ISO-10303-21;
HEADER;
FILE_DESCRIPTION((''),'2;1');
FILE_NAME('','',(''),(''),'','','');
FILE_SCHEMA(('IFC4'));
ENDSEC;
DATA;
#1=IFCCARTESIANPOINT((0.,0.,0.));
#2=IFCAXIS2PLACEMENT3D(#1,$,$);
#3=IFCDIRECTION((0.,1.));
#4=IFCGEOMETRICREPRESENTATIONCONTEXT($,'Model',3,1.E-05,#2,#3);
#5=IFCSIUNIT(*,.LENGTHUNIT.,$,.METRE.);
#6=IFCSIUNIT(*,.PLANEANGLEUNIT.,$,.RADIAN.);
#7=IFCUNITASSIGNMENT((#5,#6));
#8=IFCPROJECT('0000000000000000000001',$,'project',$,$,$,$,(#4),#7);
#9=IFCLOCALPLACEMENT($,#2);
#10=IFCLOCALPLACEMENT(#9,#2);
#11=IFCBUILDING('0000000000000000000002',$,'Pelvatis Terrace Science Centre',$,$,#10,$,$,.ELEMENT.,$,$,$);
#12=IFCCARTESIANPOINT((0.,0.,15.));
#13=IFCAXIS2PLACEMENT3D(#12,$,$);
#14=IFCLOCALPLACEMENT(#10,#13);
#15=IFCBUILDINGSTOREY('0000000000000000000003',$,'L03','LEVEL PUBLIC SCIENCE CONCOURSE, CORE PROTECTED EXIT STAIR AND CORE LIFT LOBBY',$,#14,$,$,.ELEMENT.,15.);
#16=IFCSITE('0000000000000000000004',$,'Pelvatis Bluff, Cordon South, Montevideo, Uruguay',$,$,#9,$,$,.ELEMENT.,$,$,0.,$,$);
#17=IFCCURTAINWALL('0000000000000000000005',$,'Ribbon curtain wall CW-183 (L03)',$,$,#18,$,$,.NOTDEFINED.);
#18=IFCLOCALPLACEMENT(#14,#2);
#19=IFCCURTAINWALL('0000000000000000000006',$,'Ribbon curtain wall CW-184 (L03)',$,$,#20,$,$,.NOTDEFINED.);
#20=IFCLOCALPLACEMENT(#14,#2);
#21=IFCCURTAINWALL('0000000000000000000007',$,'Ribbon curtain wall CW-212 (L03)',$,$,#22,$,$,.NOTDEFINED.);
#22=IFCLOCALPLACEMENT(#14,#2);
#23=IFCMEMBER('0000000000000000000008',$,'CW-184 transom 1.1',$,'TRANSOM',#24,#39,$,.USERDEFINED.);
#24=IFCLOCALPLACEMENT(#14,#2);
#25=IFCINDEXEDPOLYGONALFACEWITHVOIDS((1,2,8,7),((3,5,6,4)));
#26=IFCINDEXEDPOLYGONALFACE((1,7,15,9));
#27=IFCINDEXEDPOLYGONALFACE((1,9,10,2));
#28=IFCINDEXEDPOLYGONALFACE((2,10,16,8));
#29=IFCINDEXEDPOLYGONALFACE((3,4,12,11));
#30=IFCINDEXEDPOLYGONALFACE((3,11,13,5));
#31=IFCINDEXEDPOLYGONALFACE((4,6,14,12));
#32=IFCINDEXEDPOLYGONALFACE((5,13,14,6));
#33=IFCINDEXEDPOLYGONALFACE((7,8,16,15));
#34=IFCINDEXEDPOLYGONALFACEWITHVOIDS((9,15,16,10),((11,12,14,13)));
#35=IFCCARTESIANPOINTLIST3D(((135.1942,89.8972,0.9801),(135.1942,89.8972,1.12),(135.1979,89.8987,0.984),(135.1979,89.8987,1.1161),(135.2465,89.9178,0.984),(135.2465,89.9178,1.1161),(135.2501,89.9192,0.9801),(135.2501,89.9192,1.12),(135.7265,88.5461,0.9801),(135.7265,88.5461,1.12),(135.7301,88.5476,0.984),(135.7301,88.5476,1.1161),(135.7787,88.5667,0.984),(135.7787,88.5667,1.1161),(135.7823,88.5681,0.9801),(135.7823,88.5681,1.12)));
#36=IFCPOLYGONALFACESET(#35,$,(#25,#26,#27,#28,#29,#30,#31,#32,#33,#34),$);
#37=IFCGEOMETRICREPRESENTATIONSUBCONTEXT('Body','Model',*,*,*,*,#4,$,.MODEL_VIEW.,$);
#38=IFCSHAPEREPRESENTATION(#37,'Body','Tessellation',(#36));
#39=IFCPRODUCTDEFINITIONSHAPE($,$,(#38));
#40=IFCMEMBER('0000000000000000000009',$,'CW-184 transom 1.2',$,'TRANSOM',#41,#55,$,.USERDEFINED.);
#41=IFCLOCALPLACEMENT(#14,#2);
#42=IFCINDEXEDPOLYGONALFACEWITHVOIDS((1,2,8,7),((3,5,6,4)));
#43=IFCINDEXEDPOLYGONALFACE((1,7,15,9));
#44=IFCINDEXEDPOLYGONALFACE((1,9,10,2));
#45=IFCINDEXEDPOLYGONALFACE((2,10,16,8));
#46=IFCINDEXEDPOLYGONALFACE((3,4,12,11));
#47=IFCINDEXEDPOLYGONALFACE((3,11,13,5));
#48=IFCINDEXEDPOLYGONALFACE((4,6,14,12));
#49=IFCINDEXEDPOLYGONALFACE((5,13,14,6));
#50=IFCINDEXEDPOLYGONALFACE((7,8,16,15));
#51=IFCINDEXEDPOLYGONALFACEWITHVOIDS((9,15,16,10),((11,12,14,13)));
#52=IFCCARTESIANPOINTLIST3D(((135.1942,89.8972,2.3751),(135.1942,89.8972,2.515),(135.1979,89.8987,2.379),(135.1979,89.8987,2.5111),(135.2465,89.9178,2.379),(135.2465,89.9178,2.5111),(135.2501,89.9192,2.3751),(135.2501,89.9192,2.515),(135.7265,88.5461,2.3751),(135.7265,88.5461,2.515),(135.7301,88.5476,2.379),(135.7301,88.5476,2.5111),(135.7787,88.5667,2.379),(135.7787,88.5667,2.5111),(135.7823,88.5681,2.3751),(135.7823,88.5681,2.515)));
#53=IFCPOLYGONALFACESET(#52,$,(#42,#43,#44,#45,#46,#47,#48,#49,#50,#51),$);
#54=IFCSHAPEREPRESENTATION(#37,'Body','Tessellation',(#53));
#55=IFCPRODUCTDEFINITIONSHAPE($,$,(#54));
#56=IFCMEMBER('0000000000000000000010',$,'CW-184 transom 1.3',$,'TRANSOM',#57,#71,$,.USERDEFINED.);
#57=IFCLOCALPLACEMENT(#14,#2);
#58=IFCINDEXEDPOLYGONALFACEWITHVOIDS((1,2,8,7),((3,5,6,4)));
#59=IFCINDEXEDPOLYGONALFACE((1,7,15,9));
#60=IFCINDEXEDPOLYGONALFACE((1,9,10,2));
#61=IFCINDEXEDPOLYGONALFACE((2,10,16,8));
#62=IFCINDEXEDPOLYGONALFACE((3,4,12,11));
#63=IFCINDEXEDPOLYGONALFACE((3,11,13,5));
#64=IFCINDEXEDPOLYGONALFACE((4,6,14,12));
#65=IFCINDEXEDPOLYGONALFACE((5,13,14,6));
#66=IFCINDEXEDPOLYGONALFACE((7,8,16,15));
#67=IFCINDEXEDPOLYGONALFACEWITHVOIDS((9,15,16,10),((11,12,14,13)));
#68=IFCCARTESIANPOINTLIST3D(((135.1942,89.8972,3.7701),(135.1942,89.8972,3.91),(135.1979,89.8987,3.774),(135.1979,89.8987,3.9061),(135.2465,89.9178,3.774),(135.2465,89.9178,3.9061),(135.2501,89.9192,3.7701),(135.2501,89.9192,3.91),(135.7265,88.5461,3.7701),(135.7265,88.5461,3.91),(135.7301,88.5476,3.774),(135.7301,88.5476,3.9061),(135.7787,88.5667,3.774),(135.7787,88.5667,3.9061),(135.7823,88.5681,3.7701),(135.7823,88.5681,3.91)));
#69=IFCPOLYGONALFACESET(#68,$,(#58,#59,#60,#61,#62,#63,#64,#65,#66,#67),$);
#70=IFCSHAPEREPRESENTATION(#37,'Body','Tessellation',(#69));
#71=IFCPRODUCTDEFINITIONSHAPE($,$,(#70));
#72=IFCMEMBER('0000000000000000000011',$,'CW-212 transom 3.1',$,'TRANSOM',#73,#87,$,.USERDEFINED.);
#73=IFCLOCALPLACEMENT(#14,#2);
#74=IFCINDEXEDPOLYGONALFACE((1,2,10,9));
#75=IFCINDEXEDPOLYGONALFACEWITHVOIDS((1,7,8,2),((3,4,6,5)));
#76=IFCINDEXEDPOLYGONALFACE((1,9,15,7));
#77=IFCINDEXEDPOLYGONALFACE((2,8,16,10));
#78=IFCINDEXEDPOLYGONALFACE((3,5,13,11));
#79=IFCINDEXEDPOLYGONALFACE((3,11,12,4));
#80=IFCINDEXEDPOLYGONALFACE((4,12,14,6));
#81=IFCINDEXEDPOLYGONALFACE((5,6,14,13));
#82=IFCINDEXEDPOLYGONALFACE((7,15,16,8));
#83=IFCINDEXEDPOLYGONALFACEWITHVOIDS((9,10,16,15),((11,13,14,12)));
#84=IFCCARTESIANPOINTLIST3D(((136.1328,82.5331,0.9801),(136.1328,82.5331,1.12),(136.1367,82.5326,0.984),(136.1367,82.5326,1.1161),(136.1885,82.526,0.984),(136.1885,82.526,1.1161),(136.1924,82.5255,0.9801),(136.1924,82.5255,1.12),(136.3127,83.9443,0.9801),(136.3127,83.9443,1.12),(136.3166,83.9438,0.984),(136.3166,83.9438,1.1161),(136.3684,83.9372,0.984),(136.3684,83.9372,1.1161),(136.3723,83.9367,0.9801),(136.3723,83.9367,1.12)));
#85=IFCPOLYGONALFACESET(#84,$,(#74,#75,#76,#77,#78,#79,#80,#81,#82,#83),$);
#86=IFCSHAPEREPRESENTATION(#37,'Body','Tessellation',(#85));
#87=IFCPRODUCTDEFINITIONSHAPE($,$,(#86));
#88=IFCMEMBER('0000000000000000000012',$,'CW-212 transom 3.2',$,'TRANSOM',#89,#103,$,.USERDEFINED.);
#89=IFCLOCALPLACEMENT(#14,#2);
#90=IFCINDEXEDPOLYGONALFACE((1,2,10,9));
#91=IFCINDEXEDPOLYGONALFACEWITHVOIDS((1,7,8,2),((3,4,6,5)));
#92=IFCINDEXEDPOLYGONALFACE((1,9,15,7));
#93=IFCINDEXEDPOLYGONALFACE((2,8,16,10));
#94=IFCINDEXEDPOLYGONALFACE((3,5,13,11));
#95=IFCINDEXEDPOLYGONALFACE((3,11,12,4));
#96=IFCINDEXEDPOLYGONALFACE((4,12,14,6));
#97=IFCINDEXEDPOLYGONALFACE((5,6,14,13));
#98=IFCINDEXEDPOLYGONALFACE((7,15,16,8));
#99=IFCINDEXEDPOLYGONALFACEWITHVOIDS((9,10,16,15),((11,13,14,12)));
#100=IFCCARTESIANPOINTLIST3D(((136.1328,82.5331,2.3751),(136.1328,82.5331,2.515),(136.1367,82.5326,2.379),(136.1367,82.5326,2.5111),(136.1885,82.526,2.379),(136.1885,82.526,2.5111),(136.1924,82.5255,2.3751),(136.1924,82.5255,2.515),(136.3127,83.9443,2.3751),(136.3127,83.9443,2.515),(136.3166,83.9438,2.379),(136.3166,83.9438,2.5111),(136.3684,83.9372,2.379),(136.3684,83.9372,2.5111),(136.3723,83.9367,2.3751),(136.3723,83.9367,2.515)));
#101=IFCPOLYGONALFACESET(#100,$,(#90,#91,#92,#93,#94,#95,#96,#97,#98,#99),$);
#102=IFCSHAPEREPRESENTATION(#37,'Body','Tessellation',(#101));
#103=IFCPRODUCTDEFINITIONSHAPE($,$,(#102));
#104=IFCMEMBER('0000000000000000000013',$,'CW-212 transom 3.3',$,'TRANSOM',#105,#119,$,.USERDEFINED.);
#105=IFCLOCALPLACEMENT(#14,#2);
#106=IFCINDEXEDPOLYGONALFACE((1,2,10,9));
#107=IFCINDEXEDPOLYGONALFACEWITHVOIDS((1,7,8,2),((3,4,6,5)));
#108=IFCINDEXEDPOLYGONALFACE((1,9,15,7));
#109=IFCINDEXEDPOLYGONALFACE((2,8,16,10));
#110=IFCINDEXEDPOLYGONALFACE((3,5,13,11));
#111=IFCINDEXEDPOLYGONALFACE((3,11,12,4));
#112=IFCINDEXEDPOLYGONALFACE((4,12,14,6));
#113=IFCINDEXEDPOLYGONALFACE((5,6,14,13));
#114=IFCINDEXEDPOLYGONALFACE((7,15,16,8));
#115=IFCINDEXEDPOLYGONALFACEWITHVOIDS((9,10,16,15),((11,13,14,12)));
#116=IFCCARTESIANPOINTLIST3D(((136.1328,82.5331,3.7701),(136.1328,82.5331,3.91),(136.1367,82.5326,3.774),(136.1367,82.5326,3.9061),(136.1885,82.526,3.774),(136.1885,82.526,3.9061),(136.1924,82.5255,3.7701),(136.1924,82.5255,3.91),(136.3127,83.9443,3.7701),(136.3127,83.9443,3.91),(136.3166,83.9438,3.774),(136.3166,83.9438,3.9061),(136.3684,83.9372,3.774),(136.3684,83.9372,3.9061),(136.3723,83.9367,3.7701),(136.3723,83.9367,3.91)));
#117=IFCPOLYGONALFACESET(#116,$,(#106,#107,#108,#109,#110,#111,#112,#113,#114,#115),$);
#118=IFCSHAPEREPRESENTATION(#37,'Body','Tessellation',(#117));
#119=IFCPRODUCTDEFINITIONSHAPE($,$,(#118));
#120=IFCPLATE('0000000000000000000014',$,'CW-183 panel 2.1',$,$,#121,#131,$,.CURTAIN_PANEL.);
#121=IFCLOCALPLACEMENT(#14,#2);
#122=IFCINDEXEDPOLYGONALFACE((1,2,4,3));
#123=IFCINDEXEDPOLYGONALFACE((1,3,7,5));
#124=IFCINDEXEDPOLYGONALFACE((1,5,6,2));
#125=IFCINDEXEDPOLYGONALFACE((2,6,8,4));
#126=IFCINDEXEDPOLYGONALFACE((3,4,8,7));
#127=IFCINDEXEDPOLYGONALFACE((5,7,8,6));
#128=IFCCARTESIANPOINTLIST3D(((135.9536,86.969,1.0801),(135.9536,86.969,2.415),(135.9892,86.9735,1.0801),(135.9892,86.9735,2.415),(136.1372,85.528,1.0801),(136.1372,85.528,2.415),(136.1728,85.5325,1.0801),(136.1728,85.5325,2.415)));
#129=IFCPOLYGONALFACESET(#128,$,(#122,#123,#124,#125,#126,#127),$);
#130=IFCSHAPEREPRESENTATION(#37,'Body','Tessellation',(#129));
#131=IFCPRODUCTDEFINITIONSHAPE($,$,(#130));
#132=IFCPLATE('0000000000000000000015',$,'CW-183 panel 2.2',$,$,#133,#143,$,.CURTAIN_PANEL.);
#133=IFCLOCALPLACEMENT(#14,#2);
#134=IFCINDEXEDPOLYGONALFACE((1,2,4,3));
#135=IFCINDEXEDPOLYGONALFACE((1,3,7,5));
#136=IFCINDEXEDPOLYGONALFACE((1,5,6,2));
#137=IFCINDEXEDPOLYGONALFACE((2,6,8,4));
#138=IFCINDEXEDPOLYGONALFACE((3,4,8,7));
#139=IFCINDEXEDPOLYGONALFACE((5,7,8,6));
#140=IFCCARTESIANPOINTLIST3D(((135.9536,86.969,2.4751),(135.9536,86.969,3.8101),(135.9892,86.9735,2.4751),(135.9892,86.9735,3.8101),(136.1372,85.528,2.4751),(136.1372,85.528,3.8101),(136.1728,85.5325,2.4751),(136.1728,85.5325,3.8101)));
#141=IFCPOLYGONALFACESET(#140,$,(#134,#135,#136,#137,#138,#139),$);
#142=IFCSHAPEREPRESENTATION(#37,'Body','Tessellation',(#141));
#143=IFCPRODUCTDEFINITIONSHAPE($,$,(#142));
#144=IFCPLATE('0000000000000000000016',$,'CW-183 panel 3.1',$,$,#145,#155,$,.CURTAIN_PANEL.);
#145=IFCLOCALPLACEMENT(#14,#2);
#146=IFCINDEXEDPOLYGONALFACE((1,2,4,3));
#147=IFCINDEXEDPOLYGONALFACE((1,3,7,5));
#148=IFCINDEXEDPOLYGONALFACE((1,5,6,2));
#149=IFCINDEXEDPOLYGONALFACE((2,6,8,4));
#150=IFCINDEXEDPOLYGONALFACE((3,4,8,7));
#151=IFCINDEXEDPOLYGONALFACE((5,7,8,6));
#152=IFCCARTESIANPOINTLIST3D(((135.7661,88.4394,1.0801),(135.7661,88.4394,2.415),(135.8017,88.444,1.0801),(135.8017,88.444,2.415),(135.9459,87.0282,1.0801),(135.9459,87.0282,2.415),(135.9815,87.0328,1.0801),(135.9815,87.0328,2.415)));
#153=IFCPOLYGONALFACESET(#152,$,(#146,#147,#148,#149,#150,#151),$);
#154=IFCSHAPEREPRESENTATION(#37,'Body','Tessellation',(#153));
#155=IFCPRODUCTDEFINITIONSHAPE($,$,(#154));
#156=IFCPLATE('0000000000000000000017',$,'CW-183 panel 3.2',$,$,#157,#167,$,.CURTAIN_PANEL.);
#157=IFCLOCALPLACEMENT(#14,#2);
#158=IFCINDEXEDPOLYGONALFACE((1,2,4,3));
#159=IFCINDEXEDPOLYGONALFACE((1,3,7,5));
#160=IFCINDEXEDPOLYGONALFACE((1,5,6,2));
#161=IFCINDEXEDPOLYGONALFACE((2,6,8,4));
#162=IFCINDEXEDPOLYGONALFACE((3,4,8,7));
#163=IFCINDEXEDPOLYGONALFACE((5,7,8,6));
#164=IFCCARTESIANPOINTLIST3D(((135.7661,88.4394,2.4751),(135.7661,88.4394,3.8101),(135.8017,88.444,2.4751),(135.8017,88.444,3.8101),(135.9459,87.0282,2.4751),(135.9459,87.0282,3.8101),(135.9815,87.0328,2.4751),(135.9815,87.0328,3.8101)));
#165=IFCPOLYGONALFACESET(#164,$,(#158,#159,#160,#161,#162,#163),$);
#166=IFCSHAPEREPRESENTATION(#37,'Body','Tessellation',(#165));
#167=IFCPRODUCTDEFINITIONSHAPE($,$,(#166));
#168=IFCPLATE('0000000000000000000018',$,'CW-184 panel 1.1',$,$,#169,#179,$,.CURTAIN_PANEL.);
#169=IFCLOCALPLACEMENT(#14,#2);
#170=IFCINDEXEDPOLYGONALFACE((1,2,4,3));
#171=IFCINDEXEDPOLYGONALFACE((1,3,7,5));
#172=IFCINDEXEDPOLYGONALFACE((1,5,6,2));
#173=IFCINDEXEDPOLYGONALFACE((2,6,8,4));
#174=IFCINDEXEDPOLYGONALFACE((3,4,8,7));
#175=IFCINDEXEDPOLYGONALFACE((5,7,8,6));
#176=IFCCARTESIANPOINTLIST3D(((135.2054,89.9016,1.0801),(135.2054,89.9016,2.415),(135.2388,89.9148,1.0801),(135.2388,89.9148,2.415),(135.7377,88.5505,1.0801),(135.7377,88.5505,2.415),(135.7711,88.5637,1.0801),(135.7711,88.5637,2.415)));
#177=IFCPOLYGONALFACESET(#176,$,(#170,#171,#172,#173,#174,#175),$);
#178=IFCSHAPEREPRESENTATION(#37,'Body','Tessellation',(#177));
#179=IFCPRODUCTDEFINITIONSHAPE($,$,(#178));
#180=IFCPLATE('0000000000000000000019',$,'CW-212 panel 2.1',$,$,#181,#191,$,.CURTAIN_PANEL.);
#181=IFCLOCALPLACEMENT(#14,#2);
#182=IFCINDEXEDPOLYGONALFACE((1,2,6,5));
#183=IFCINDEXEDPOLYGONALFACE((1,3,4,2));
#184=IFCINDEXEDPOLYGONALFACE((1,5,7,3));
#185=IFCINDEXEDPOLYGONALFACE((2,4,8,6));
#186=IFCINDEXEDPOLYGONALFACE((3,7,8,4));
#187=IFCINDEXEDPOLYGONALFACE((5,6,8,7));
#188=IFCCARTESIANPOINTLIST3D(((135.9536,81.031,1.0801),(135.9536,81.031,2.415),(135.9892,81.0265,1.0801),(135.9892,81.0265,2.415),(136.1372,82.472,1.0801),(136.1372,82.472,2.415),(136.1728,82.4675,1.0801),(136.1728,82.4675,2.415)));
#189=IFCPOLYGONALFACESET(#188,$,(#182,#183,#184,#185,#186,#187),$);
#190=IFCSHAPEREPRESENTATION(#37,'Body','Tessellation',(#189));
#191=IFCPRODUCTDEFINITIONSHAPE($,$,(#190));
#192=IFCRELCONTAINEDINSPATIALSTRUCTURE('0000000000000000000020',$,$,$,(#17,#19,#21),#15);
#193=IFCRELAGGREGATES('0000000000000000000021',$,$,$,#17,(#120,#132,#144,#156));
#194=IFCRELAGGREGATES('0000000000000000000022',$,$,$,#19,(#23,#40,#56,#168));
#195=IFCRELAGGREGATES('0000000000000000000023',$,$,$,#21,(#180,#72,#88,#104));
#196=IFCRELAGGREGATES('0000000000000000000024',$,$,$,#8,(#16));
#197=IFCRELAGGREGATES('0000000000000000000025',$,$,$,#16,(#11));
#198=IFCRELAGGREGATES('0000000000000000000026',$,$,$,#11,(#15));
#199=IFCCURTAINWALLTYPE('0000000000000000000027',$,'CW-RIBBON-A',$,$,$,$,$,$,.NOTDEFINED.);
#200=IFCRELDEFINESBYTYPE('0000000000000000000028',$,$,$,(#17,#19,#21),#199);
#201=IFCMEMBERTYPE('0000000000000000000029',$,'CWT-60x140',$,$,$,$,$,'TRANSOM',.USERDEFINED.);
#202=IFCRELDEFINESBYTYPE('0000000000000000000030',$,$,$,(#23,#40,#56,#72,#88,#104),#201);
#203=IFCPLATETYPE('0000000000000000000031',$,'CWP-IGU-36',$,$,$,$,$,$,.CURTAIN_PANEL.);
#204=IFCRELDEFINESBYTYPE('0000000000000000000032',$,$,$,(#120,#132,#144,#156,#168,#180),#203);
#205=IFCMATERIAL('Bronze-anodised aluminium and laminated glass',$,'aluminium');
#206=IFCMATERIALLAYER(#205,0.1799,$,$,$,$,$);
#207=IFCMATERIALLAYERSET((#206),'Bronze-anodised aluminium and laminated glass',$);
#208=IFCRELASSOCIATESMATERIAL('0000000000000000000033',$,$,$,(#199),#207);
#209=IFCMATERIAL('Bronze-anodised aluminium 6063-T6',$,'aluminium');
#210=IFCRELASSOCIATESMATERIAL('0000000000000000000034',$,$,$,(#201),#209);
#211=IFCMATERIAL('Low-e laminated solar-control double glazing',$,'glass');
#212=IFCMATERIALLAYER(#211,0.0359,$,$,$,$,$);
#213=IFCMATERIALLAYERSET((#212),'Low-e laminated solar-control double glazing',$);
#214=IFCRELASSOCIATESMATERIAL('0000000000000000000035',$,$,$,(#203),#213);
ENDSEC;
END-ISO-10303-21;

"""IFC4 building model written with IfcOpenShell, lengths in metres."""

from ifc_helpers import new_model, si_unit, direction, frame, origin, origin_2d, place, context, subcontext, project, spatial, rectangle, hollow_rectangle, extrude, material, layer, layer_set, material_profile, profile_set, type_object, element, aggregate, save


model = new_model("IFC4")

# Units and contexts
model_context = context("Model", 3, precision=1e-05, world=origin(), true_north=direction((0.0, 1.0)))
body_context = subcontext(model_context, "Body", "Model", "MODEL_VIEW")
ifc_project = project(units=[si_unit("LENGTHUNIT", "METRE"), si_unit("PLANEANGLEUNIT", "RADIAN")], contexts=[model_context])

# Site, building, storey
site_placement = place(None, origin())
site = spatial("IfcSite", under=ifc_project, at=site_placement, Name="Pelvatis Bluff, Cordon South, Montevideo, Uruguay", CompositionType="ELEMENT", RefElevation=0.0)
building_placement = place(site_placement, origin())
building = spatial("IfcBuilding", under=site, at=building_placement, Name="Pelvatis Terrace Science Centre", CompositionType="ELEMENT")
storey_placement = place(building_placement, frame((0.0, 0.0, 15.0)))
storey = spatial("IfcBuildingStorey", under=building, at=storey_placement, Name="L03", Description="LEVEL PUBLIC SCIENCE CONCOURSE, CORE PROTECTED EXIT STAIR AND CORE LIFT LOBBY", CompositionType="ELEMENT", Elevation=15.0)

# Curtain wall
ifc_material_1 = material(Name="Bronze-anodised aluminium and laminated glass", Category="aluminium")
ifc_layer_1 = layer(ifc_material_1, 0.1799)
ifc_layer_set_1 = layer_set([ifc_layer_1], Name="Bronze-anodised aluminium and laminated glass")
curtain_wall_type = type_object("IfcCurtainWallType", Name="CW-RIBBON-A", PredefinedType="NOTDEFINED", material=ifc_layer_set_1)
curtain_wall_1_placement = place(storey_placement, origin())
curtain_wall_1 = element("IfcCurtainWall", 1, at=curtain_wall_1_placement, inside=storey, type_object=curtain_wall_type, Name="Ribbon curtain wall CW-183 (L03)", PredefinedType="NOTDEFINED")

# Curtain walls
curtain_wall_2_placement = place(storey_placement, origin())
curtain_wall_2 = element("IfcCurtainWall", 2, at=curtain_wall_2_placement, inside=storey, type_object=curtain_wall_type, Name="Ribbon curtain wall CW-184 (L03)", PredefinedType="NOTDEFINED")
curtain_wall_3_placement = place(storey_placement, origin())
curtain_wall_3 = element("IfcCurtainWall", 3, at=curtain_wall_3_placement, inside=storey, type_object=curtain_wall_type, Name="Ribbon curtain wall CW-212 (L03)", PredefinedType="NOTDEFINED")

# Members
ifc_material_2 = material(Name="Bronze-anodised aluminium 6063-T6", Category="aluminium")
ifc_material_profile_1 = material_profile(ifc_material_2, hollow_rectangle(XDim=0.0601, YDim=0.1399, WallThickness=0.0039, at=origin_2d()), Name="ALU-TRN 60x140")
ifc_profile_set_1 = profile_set([ifc_material_profile_1], Name="Bronze-anodised aluminium 6063-T6")
member_type_1 = type_object("IfcMemberType", Name="CWT-60x140", ElementType="TRANSOM", PredefinedType="USERDEFINED", material=ifc_profile_set_1)
member_1_placement = place(storey_placement, frame((135.7544, 88.5571, 1.05), z_axis=(-0.366516, 0.930412, 0.0), x_axis=(-0.930412, -0.366516, 0.0)))
member_1 = element("IfcMember", 4, at=member_1_placement, type_object=member_type_1, Name="CW-184 transom 1.1", ObjectType="TRANSOM", PredefinedType="USERDEFINED", context=body_context, shape_type="SweptSolid", body=[
    extrude(hollow_rectangle(XDim=0.0601, YDim=0.1399, WallThickness=0.0039, at=origin_2d()), origin(), (0.0, 0.0, 1.0), 1.4521),
])
member_2_placement = place(storey_placement, frame((135.7544, 88.5571, 2.4451), z_axis=(-0.366516, 0.930412, 0.0), x_axis=(-0.930412, -0.366516, 0.0)))
member_2 = element("IfcMember", 5, at=member_2_placement, type_object=member_type_1, Name="CW-184 transom 1.2", ObjectType="TRANSOM", PredefinedType="USERDEFINED", context=body_context, shape_type="SweptSolid", body=[
    extrude(hollow_rectangle(XDim=0.0601, YDim=0.1399, WallThickness=0.0039, at=origin_2d()), origin(), (0.0, 0.0, 1.0), 1.4521),
])
member_3_placement = place(storey_placement, frame((135.7544, 88.5571, 3.8401), z_axis=(-0.366516, 0.930412, 0.0), x_axis=(-0.930412, -0.366516, 0.0)))
member_3 = element("IfcMember", 6, at=member_3_placement, type_object=member_type_1, Name="CW-184 transom 1.3", ObjectType="TRANSOM", PredefinedType="USERDEFINED", context=body_context, shape_type="SweptSolid", body=[
    extrude(hollow_rectangle(XDim=0.0601, YDim=0.1399, WallThickness=0.0039, at=origin_2d()), origin(), (0.0, 0.0, 1.0), 1.4521),
])
member_4_placement = place(storey_placement, frame((136.1626, 82.5293, 1.05), z_axis=(0.126485, 0.991969, 0.0), x_axis=(-0.991969, 0.126485, 0.0)))
member_4 = element("IfcMember", 7, at=member_4_placement, type_object=member_type_1, Name="CW-212 transom 3.1", ObjectType="TRANSOM", PredefinedType="USERDEFINED", context=body_context, shape_type="SweptSolid", body=[
    extrude(hollow_rectangle(XDim=0.0601, YDim=0.1399, WallThickness=0.0039, at=origin_2d()), origin(), (0.0, 0.0, 1.0), 1.4226),
])
member_5_placement = place(storey_placement, frame((136.1626, 82.5293, 2.4451), z_axis=(0.126485, 0.991969, 0.0), x_axis=(-0.991969, 0.126485, 0.0)))
member_5 = element("IfcMember", 8, at=member_5_placement, type_object=member_type_1, Name="CW-212 transom 3.2", ObjectType="TRANSOM", PredefinedType="USERDEFINED", context=body_context, shape_type="SweptSolid", body=[
    extrude(hollow_rectangle(XDim=0.0601, YDim=0.1399, WallThickness=0.0039, at=origin_2d()), origin(), (0.0, 0.0, 1.0), 1.4226),
])
member_6_placement = place(storey_placement, frame((136.1626, 82.5293, 3.8401), z_axis=(0.126485, 0.991969, 0.0), x_axis=(-0.991969, 0.126485, 0.0)))
member_6 = element("IfcMember", 9, at=member_6_placement, type_object=member_type_1, Name="CW-212 transom 3.3", ObjectType="TRANSOM", PredefinedType="USERDEFINED", context=body_context, shape_type="SweptSolid", body=[
    extrude(hollow_rectangle(XDim=0.0601, YDim=0.1399, WallThickness=0.0039, at=origin_2d()), origin(), (0.0, 0.0, 1.0), 1.4226),
])

# Plates
ifc_material_3 = material(Name="Low-e laminated solar-control double glazing", Category="glass")
ifc_layer_2 = layer(ifc_material_3, 0.0359)
ifc_layer_set_2 = layer_set([ifc_layer_2], Name="Low-e laminated solar-control double glazing")
plate_type = type_object("IfcPlateType", Name="CWP-IGU-36", PredefinedType="CURTAIN_PANEL", material=ifc_layer_set_2)
plate_1_placement = place(storey_placement, frame((136.0632, 86.2507, 1.0801), z_axis=(0.0, 0.0, 1.0), x_axis=(-0.126408, 0.991978, 0.0)))
plate_1 = element("IfcPlate", 10, at=plate_1_placement, type_object=plate_type, Name="CW-183 panel 2.1", PredefinedType="CURTAIN_PANEL", context=body_context, shape_type="SweptSolid", body=[
    extrude(rectangle(XDim=1.4526, YDim=0.0359, at=origin_2d()), origin(), (0.0, 0.0, 1.0), 1.335),
])
plate_2_placement = place(storey_placement, frame((136.0632, 86.2507, 2.4751), z_axis=(0.0, 0.0, 1.0), x_axis=(-0.126408, 0.991978, 0.0)))
plate_2 = element("IfcPlate", 11, at=plate_2_placement, type_object=plate_type, Name="CW-183 panel 2.2", PredefinedType="CURTAIN_PANEL", context=body_context, shape_type="SweptSolid", body=[
    extrude(rectangle(XDim=1.4526, YDim=0.0359, at=origin_2d()), origin(), (0.0, 0.0, 1.0), 1.335),
])
plate_3_placement = place(storey_placement, frame((135.8738, 87.7361, 1.0801), z_axis=(0.0, 0.0, 1.0), x_axis=(-0.126408, 0.991978, 0.0)))
plate_3 = element("IfcPlate", 12, at=plate_3_placement, type_object=plate_type, Name="CW-183 panel 3.1", PredefinedType="CURTAIN_PANEL", context=body_context, shape_type="SweptSolid", body=[
    extrude(rectangle(XDim=1.4226, YDim=0.0359, at=origin_2d()), origin(), (0.0, 0.0, 1.0), 1.335),
])
plate_4_placement = place(storey_placement, frame((135.8738, 87.7361, 2.4751), z_axis=(0.0, 0.0, 1.0), x_axis=(-0.126408, 0.991978, 0.0)))
plate_4 = element("IfcPlate", 13, at=plate_4_placement, type_object=plate_type, Name="CW-183 panel 3.2", PredefinedType="CURTAIN_PANEL", context=body_context, shape_type="SweptSolid", body=[
    extrude(rectangle(XDim=1.4226, YDim=0.0359, at=origin_2d()), origin(), (0.0, 0.0, 1.0), 1.335),
])
aggregate(curtain_wall_1, [plate_1, plate_2, plate_3, plate_4])
plate_5_placement = place(storey_placement, frame((135.4883, 89.2327, 1.0801), z_axis=(0.0, 0.0, 1.0), x_axis=(-0.366541, 0.930402, 0.0)))
plate_5 = element("IfcPlate", 14, at=plate_5_placement, type_object=plate_type, Name="CW-184 panel 1.1", PredefinedType="CURTAIN_PANEL", context=body_context, shape_type="SweptSolid", body=[
    extrude(rectangle(XDim=1.4521, YDim=0.0359, at=origin_2d()), origin(), (0.0, 0.0, 1.0), 1.335),
])
aggregate(curtain_wall_2, [member_1, member_2, member_3, plate_5])
plate_6_placement = place(storey_placement, frame((136.0632, 81.7493, 1.0801), z_axis=(0.0, 0.0, 1.0), x_axis=(0.126408, 0.991978, 0.0)))
plate_6 = element("IfcPlate", 15, at=plate_6_placement, type_object=plate_type, Name="CW-212 panel 2.1", PredefinedType="CURTAIN_PANEL", context=body_context, shape_type="SweptSolid", body=[
    extrude(rectangle(XDim=1.4526, YDim=0.0359, at=origin_2d()), origin(), (0.0, 0.0, 1.0), 1.335),
])
aggregate(curtain_wall_3, [plate_6, member_4, member_5, member_6])

save(model, "model.ifc")
